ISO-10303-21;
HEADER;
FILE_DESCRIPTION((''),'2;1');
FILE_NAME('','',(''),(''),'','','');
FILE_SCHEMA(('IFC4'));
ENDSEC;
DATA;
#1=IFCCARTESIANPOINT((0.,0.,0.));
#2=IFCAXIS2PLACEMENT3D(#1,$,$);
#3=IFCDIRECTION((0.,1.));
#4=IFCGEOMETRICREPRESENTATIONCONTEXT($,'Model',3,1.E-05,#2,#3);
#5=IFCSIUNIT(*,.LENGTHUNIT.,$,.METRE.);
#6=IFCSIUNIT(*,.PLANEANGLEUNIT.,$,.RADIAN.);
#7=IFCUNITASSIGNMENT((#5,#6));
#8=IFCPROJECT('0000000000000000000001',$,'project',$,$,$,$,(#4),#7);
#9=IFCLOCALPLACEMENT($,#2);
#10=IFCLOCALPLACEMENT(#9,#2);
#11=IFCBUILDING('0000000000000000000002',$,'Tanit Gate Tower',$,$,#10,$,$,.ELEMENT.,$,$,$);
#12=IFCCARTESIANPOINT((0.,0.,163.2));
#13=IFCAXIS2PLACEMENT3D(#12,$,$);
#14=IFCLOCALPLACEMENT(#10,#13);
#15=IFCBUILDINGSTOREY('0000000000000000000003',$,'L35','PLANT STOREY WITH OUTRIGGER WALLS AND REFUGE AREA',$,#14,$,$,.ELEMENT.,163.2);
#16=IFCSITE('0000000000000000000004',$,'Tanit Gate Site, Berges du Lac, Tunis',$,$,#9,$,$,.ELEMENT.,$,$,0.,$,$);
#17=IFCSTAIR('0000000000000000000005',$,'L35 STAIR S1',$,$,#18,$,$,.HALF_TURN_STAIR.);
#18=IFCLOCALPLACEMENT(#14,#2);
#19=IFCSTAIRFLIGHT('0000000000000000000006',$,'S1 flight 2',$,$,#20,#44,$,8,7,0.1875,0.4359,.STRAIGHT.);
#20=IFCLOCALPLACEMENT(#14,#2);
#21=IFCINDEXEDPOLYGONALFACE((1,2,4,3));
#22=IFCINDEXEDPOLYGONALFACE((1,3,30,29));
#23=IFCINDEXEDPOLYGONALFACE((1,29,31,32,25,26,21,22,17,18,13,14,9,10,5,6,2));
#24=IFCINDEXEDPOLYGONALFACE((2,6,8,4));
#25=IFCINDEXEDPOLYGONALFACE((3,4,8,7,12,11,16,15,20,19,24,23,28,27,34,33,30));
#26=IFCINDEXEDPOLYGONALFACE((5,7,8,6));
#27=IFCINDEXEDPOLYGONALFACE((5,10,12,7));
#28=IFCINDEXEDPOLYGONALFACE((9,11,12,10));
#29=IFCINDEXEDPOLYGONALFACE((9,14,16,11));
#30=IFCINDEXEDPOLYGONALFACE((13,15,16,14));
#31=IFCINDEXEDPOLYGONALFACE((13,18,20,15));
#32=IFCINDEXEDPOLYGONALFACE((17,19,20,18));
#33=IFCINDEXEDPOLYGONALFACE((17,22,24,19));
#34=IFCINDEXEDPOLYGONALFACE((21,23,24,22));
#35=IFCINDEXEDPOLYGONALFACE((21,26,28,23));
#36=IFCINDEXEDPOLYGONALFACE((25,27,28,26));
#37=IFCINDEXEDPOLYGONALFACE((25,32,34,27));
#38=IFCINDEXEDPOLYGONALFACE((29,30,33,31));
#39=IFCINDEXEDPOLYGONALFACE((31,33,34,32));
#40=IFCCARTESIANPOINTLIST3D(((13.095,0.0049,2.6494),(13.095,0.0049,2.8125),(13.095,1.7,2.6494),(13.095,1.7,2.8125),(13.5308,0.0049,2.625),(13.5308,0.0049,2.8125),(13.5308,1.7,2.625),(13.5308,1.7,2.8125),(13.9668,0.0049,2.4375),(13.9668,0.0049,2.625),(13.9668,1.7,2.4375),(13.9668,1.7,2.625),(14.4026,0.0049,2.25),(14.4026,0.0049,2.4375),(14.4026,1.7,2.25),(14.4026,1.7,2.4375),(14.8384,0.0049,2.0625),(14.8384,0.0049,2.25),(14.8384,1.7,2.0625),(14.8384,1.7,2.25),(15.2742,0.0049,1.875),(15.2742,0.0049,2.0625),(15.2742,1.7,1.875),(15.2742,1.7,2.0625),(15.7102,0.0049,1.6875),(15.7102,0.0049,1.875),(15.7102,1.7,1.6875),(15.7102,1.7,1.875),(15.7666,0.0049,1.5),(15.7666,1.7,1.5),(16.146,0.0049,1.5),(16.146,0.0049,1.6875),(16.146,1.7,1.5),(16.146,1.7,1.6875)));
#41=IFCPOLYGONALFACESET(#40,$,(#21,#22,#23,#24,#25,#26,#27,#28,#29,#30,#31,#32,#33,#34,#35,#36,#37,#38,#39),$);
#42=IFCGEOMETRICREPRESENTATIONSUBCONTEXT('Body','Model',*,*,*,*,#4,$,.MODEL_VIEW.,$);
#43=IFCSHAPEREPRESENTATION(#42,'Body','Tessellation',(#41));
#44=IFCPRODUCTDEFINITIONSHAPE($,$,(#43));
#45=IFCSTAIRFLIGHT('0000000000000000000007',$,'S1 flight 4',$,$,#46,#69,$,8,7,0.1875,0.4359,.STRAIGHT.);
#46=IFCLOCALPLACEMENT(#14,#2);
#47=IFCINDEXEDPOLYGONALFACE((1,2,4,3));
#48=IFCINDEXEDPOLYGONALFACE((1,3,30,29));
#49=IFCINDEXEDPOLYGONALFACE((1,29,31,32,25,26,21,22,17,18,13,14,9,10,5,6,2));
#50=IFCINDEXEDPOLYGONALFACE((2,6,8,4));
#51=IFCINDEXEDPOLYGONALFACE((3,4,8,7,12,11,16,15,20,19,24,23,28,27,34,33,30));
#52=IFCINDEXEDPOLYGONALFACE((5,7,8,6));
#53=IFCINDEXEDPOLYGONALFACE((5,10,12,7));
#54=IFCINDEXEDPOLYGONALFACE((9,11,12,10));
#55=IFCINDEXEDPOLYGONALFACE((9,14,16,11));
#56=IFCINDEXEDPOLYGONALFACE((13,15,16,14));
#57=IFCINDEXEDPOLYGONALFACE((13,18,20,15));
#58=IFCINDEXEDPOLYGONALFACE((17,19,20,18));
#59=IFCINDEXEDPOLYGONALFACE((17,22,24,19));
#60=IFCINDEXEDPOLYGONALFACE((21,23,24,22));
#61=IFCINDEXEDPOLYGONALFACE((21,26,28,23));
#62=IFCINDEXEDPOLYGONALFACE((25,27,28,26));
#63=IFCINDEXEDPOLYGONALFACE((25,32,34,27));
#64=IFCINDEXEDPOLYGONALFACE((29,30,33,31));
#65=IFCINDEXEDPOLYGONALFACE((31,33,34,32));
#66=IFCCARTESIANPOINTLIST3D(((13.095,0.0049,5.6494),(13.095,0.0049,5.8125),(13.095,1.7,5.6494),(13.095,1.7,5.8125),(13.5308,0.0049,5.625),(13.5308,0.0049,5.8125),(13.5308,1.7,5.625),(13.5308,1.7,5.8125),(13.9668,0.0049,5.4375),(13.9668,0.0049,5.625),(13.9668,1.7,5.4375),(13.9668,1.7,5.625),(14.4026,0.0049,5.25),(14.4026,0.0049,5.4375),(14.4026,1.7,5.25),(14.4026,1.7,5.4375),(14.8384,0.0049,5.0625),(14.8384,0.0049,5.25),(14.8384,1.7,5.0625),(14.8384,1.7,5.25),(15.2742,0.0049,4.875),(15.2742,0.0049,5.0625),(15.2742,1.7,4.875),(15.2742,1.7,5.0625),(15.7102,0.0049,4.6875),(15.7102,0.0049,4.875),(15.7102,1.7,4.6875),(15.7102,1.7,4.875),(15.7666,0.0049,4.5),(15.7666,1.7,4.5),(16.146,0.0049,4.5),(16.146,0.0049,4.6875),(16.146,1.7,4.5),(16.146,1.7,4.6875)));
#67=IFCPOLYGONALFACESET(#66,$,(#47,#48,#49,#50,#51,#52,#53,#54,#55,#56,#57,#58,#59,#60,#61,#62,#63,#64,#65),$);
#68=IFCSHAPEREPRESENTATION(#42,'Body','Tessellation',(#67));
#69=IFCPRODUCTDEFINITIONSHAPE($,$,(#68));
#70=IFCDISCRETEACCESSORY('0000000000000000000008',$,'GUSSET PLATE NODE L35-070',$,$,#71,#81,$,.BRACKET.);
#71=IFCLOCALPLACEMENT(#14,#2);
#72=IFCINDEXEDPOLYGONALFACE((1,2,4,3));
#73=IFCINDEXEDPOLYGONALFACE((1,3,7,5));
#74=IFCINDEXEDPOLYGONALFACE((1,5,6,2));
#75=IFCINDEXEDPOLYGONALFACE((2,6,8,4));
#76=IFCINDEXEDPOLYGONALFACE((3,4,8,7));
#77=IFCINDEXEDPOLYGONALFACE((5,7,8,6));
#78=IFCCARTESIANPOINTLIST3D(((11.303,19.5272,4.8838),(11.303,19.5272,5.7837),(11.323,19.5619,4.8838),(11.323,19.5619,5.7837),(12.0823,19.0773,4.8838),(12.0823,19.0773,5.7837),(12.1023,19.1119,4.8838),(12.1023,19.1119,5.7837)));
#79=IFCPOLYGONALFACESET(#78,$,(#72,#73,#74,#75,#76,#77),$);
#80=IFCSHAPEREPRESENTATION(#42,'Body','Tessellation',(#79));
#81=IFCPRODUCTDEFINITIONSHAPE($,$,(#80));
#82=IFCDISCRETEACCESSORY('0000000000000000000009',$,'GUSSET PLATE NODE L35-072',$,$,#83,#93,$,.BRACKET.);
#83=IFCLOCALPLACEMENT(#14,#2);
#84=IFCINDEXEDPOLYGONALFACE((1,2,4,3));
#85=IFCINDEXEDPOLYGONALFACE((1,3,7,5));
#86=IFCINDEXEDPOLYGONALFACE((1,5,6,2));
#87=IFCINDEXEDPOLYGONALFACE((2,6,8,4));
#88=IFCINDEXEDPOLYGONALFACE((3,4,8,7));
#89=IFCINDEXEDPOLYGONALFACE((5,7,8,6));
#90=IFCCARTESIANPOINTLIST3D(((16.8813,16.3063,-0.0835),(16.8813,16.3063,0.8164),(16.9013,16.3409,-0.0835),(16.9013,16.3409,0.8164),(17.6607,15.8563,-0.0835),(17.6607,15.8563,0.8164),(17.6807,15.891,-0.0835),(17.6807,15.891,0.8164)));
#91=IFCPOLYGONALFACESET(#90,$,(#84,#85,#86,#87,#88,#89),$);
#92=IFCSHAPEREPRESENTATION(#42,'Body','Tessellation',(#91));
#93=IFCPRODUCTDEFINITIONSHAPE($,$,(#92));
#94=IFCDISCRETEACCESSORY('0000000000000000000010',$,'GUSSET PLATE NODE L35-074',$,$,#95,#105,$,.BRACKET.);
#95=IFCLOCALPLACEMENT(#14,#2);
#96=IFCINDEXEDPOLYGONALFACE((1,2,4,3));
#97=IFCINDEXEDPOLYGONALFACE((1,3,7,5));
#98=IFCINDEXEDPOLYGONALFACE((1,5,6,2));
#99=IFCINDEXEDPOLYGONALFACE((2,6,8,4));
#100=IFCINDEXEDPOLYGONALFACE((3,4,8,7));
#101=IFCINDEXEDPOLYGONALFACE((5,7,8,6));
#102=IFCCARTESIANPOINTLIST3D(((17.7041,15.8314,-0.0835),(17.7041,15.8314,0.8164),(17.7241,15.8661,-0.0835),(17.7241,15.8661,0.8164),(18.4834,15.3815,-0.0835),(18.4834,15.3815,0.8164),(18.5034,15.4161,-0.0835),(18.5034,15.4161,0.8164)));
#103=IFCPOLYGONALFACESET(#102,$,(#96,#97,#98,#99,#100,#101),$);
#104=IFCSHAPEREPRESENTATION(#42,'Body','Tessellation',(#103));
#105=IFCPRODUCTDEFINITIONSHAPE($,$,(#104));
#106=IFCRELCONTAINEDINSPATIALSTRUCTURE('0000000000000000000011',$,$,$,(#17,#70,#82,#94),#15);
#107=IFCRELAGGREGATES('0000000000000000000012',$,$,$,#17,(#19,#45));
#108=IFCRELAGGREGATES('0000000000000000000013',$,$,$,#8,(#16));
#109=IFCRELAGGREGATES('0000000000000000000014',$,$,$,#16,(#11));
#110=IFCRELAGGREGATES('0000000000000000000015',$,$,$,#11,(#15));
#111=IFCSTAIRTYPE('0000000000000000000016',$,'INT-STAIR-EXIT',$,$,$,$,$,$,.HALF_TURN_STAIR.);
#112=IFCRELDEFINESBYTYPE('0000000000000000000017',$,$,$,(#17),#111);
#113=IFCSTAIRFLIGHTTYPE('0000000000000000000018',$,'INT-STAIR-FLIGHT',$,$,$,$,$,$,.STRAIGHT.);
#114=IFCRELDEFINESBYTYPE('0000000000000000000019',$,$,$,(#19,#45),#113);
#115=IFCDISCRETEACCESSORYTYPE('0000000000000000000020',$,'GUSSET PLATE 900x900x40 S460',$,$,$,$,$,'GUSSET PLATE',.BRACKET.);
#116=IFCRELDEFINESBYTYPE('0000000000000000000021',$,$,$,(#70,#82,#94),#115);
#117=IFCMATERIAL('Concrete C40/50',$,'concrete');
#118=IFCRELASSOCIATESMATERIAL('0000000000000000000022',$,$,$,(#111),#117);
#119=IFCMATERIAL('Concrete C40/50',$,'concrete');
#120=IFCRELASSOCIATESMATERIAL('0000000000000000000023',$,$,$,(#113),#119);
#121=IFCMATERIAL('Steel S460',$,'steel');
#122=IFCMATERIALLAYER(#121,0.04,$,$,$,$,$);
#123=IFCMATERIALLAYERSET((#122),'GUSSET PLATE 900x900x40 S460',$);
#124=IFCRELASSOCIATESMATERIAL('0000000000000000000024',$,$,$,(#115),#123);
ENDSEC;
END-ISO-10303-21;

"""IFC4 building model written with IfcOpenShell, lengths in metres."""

from ifc_helpers import new_model, si_unit, direction, frame, origin, origin_2d, place, context, subcontext, project, spatial, polyline, rectangle, outline, extrude, material, layer, layer_set, type_object, element, aggregate, save


model = new_model("IFC4")

# Units and contexts
model_context = context("Model", 3, precision=1e-05, world=origin(), true_north=direction((0.0, 1.0)))
body_context = subcontext(model_context, "Body", "Model", "MODEL_VIEW")
ifc_project = project(units=[si_unit("LENGTHUNIT", "METRE"), si_unit("PLANEANGLEUNIT", "RADIAN")], contexts=[model_context])

# Site, building, storey
site_placement = place(None, origin())
site = spatial("IfcSite", under=ifc_project, at=site_placement, Name="Tanit Gate Site, Berges du Lac, Tunis", CompositionType="ELEMENT", RefElevation=0.0)
building_placement = place(site_placement, origin())
building = spatial("IfcBuilding", under=site, at=building_placement, Name="Tanit Gate Tower", CompositionType="ELEMENT")
storey_placement = place(building_placement, frame((0.0, 0.0, 163.2)))
storey = spatial("IfcBuildingStorey", under=building, at=storey_placement, Name="L35", Description="PLANT STOREY WITH OUTRIGGER WALLS AND REFUGE AREA", CompositionType="ELEMENT", Elevation=163.2)

# Stair, stair flights
ifc_material_1 = material(Name="Concrete C40/50", Category="concrete")
stair_type = type_object("IfcStairType", Name="INT-STAIR-EXIT", PredefinedType="HALF_TURN_STAIR", material=ifc_material_1)
stair_placement = place(storey_placement, origin())
stair = element("IfcStair", 1, at=stair_placement, inside=storey, type_object=stair_type, Name="L35 STAIR S1", PredefinedType="HALF_TURN_STAIR")
ifc_material_2 = material(Name="Concrete C40/50", Category="concrete")
stair_flight_type = type_object("IfcStairFlightType", Name="INT-STAIR-FLIGHT", PredefinedType="STRAIGHT", material=ifc_material_2)
stair_flight_1_placement = place(storey_placement, frame((16.146, 0.8525, 1.5), z_axis=(0.0, 0.0, 1.0), x_axis=(-1.0, 0.0, 0.0)))
stair_flight_1 = element("IfcStairFlight", 2, at=stair_flight_1_placement, type_object=stair_flight_type, Name="S1 flight 2", NumberOfRisers=8, NumberOfTreads=7, PredefinedType="STRAIGHT", RiserHeight=0.1875, TreadLength=0.4359, context=body_context, shape_type="SweptSolid", body=[
    extrude(outline(polyline([(0.0, 0.0), (0.0, 0.1875), (0.4358, 0.1875), (0.4358, 0.375), (0.8718, 0.375), (0.8718, 0.5625), (1.3076, 0.5625), (1.3076, 0.75), (1.7434, 0.75), (1.7434, 0.9375), (2.1792, 0.9375), (2.1792, 1.125), (2.6152, 1.125), (2.6152, 1.3125), (3.051, 1.3125), (3.051, 1.5), (3.051, 1.1494), (0.3794, 0.0), (0.0, 0.0)])), frame((0.0, 0.8477, 0.0), z_axis=(0.0, -1.0, 0.0), x_axis=(1.0, 0.0, 0.0)), (0.0, 0.0, 1.0), 1.6951),
])
stair_flight_2_placement = place(storey_placement, frame((16.146, 0.8525, 4.5), z_axis=(0.0, 0.0, 1.0), x_axis=(-1.0, 0.0, 0.0)))
stair_flight_2 = element("IfcStairFlight", 3, at=stair_flight_2_placement, type_object=stair_flight_type, Name="S1 flight 4", NumberOfRisers=8, NumberOfTreads=7, PredefinedType="STRAIGHT", RiserHeight=0.1875, TreadLength=0.4359, context=body_context, shape_type="SweptSolid", body=[
    extrude(outline(polyline([(0.0, 0.0), (0.0, 0.1875), (0.4358, 0.1875), (0.4358, 0.375), (0.8718, 0.375), (0.8718, 0.5625), (1.3076, 0.5625), (1.3076, 0.75), (1.7434, 0.75), (1.7434, 0.9375), (2.1792, 0.9375), (2.1792, 1.125), (2.6152, 1.125), (2.6152, 1.3125), (3.051, 1.3125), (3.051, 1.5), (3.051, 1.1494), (0.3794, 0.0), (0.0, 0.0)])), frame((0.0, 0.8477, 0.0), z_axis=(0.0, -1.0, 0.0), x_axis=(1.0, 0.0, 0.0)), (0.0, 0.0, 1.0), 1.6951),
])
aggregate(stair, [stair_flight_1, stair_flight_2])

# Discrete accessories
ifc_material_3 = material(Name="Steel S460", Category="steel")
ifc_layer_1 = layer(ifc_material_3, 0.04)
ifc_layer_set_1 = layer_set([ifc_layer_1], Name="GUSSET PLATE 900x900x40 S460")
discrete_accessory_type = type_object("IfcDiscreteAccessoryType", Name="GUSSET PLATE 900x900x40 S460", ElementType="GUSSET PLATE", PredefinedType="BRACKET", material=ifc_layer_set_1)
for number, where, z_axis, x_axis, name in (
    (4, (11.7026, 19.3196, 4.8838), (0.0, 0.0, 1.0), (0.866025, -0.5, 0.0), "GUSSET PLATE NODE L35-070"),
    (5, (17.281, 16.0986, -0.0835), (0.0, 0.0, 1.0), (-0.866025, 0.5, 0.0), "GUSSET PLATE NODE L35-072"),
    (6, (18.1038, 15.6238, -0.0835), (0.0, 0.0, 1.0), (0.866025, -0.5, 0.0), "GUSSET PLATE NODE L35-074"),
):
    element("IfcDiscreteAccessory", number, at=place(storey_placement, frame(where, z_axis=z_axis, x_axis=x_axis)), inside=storey, type_object=discrete_accessory_type, Name=name, PredefinedType="BRACKET", context=body_context, shape_type="SweptSolid", body=[
        extrude(rectangle(XDim=0.8999, YDim=0.04, at=origin_2d()), origin(), (0.0, 0.0, 1.0), 0.8999),
    ])

save(model, "model.ifc")
